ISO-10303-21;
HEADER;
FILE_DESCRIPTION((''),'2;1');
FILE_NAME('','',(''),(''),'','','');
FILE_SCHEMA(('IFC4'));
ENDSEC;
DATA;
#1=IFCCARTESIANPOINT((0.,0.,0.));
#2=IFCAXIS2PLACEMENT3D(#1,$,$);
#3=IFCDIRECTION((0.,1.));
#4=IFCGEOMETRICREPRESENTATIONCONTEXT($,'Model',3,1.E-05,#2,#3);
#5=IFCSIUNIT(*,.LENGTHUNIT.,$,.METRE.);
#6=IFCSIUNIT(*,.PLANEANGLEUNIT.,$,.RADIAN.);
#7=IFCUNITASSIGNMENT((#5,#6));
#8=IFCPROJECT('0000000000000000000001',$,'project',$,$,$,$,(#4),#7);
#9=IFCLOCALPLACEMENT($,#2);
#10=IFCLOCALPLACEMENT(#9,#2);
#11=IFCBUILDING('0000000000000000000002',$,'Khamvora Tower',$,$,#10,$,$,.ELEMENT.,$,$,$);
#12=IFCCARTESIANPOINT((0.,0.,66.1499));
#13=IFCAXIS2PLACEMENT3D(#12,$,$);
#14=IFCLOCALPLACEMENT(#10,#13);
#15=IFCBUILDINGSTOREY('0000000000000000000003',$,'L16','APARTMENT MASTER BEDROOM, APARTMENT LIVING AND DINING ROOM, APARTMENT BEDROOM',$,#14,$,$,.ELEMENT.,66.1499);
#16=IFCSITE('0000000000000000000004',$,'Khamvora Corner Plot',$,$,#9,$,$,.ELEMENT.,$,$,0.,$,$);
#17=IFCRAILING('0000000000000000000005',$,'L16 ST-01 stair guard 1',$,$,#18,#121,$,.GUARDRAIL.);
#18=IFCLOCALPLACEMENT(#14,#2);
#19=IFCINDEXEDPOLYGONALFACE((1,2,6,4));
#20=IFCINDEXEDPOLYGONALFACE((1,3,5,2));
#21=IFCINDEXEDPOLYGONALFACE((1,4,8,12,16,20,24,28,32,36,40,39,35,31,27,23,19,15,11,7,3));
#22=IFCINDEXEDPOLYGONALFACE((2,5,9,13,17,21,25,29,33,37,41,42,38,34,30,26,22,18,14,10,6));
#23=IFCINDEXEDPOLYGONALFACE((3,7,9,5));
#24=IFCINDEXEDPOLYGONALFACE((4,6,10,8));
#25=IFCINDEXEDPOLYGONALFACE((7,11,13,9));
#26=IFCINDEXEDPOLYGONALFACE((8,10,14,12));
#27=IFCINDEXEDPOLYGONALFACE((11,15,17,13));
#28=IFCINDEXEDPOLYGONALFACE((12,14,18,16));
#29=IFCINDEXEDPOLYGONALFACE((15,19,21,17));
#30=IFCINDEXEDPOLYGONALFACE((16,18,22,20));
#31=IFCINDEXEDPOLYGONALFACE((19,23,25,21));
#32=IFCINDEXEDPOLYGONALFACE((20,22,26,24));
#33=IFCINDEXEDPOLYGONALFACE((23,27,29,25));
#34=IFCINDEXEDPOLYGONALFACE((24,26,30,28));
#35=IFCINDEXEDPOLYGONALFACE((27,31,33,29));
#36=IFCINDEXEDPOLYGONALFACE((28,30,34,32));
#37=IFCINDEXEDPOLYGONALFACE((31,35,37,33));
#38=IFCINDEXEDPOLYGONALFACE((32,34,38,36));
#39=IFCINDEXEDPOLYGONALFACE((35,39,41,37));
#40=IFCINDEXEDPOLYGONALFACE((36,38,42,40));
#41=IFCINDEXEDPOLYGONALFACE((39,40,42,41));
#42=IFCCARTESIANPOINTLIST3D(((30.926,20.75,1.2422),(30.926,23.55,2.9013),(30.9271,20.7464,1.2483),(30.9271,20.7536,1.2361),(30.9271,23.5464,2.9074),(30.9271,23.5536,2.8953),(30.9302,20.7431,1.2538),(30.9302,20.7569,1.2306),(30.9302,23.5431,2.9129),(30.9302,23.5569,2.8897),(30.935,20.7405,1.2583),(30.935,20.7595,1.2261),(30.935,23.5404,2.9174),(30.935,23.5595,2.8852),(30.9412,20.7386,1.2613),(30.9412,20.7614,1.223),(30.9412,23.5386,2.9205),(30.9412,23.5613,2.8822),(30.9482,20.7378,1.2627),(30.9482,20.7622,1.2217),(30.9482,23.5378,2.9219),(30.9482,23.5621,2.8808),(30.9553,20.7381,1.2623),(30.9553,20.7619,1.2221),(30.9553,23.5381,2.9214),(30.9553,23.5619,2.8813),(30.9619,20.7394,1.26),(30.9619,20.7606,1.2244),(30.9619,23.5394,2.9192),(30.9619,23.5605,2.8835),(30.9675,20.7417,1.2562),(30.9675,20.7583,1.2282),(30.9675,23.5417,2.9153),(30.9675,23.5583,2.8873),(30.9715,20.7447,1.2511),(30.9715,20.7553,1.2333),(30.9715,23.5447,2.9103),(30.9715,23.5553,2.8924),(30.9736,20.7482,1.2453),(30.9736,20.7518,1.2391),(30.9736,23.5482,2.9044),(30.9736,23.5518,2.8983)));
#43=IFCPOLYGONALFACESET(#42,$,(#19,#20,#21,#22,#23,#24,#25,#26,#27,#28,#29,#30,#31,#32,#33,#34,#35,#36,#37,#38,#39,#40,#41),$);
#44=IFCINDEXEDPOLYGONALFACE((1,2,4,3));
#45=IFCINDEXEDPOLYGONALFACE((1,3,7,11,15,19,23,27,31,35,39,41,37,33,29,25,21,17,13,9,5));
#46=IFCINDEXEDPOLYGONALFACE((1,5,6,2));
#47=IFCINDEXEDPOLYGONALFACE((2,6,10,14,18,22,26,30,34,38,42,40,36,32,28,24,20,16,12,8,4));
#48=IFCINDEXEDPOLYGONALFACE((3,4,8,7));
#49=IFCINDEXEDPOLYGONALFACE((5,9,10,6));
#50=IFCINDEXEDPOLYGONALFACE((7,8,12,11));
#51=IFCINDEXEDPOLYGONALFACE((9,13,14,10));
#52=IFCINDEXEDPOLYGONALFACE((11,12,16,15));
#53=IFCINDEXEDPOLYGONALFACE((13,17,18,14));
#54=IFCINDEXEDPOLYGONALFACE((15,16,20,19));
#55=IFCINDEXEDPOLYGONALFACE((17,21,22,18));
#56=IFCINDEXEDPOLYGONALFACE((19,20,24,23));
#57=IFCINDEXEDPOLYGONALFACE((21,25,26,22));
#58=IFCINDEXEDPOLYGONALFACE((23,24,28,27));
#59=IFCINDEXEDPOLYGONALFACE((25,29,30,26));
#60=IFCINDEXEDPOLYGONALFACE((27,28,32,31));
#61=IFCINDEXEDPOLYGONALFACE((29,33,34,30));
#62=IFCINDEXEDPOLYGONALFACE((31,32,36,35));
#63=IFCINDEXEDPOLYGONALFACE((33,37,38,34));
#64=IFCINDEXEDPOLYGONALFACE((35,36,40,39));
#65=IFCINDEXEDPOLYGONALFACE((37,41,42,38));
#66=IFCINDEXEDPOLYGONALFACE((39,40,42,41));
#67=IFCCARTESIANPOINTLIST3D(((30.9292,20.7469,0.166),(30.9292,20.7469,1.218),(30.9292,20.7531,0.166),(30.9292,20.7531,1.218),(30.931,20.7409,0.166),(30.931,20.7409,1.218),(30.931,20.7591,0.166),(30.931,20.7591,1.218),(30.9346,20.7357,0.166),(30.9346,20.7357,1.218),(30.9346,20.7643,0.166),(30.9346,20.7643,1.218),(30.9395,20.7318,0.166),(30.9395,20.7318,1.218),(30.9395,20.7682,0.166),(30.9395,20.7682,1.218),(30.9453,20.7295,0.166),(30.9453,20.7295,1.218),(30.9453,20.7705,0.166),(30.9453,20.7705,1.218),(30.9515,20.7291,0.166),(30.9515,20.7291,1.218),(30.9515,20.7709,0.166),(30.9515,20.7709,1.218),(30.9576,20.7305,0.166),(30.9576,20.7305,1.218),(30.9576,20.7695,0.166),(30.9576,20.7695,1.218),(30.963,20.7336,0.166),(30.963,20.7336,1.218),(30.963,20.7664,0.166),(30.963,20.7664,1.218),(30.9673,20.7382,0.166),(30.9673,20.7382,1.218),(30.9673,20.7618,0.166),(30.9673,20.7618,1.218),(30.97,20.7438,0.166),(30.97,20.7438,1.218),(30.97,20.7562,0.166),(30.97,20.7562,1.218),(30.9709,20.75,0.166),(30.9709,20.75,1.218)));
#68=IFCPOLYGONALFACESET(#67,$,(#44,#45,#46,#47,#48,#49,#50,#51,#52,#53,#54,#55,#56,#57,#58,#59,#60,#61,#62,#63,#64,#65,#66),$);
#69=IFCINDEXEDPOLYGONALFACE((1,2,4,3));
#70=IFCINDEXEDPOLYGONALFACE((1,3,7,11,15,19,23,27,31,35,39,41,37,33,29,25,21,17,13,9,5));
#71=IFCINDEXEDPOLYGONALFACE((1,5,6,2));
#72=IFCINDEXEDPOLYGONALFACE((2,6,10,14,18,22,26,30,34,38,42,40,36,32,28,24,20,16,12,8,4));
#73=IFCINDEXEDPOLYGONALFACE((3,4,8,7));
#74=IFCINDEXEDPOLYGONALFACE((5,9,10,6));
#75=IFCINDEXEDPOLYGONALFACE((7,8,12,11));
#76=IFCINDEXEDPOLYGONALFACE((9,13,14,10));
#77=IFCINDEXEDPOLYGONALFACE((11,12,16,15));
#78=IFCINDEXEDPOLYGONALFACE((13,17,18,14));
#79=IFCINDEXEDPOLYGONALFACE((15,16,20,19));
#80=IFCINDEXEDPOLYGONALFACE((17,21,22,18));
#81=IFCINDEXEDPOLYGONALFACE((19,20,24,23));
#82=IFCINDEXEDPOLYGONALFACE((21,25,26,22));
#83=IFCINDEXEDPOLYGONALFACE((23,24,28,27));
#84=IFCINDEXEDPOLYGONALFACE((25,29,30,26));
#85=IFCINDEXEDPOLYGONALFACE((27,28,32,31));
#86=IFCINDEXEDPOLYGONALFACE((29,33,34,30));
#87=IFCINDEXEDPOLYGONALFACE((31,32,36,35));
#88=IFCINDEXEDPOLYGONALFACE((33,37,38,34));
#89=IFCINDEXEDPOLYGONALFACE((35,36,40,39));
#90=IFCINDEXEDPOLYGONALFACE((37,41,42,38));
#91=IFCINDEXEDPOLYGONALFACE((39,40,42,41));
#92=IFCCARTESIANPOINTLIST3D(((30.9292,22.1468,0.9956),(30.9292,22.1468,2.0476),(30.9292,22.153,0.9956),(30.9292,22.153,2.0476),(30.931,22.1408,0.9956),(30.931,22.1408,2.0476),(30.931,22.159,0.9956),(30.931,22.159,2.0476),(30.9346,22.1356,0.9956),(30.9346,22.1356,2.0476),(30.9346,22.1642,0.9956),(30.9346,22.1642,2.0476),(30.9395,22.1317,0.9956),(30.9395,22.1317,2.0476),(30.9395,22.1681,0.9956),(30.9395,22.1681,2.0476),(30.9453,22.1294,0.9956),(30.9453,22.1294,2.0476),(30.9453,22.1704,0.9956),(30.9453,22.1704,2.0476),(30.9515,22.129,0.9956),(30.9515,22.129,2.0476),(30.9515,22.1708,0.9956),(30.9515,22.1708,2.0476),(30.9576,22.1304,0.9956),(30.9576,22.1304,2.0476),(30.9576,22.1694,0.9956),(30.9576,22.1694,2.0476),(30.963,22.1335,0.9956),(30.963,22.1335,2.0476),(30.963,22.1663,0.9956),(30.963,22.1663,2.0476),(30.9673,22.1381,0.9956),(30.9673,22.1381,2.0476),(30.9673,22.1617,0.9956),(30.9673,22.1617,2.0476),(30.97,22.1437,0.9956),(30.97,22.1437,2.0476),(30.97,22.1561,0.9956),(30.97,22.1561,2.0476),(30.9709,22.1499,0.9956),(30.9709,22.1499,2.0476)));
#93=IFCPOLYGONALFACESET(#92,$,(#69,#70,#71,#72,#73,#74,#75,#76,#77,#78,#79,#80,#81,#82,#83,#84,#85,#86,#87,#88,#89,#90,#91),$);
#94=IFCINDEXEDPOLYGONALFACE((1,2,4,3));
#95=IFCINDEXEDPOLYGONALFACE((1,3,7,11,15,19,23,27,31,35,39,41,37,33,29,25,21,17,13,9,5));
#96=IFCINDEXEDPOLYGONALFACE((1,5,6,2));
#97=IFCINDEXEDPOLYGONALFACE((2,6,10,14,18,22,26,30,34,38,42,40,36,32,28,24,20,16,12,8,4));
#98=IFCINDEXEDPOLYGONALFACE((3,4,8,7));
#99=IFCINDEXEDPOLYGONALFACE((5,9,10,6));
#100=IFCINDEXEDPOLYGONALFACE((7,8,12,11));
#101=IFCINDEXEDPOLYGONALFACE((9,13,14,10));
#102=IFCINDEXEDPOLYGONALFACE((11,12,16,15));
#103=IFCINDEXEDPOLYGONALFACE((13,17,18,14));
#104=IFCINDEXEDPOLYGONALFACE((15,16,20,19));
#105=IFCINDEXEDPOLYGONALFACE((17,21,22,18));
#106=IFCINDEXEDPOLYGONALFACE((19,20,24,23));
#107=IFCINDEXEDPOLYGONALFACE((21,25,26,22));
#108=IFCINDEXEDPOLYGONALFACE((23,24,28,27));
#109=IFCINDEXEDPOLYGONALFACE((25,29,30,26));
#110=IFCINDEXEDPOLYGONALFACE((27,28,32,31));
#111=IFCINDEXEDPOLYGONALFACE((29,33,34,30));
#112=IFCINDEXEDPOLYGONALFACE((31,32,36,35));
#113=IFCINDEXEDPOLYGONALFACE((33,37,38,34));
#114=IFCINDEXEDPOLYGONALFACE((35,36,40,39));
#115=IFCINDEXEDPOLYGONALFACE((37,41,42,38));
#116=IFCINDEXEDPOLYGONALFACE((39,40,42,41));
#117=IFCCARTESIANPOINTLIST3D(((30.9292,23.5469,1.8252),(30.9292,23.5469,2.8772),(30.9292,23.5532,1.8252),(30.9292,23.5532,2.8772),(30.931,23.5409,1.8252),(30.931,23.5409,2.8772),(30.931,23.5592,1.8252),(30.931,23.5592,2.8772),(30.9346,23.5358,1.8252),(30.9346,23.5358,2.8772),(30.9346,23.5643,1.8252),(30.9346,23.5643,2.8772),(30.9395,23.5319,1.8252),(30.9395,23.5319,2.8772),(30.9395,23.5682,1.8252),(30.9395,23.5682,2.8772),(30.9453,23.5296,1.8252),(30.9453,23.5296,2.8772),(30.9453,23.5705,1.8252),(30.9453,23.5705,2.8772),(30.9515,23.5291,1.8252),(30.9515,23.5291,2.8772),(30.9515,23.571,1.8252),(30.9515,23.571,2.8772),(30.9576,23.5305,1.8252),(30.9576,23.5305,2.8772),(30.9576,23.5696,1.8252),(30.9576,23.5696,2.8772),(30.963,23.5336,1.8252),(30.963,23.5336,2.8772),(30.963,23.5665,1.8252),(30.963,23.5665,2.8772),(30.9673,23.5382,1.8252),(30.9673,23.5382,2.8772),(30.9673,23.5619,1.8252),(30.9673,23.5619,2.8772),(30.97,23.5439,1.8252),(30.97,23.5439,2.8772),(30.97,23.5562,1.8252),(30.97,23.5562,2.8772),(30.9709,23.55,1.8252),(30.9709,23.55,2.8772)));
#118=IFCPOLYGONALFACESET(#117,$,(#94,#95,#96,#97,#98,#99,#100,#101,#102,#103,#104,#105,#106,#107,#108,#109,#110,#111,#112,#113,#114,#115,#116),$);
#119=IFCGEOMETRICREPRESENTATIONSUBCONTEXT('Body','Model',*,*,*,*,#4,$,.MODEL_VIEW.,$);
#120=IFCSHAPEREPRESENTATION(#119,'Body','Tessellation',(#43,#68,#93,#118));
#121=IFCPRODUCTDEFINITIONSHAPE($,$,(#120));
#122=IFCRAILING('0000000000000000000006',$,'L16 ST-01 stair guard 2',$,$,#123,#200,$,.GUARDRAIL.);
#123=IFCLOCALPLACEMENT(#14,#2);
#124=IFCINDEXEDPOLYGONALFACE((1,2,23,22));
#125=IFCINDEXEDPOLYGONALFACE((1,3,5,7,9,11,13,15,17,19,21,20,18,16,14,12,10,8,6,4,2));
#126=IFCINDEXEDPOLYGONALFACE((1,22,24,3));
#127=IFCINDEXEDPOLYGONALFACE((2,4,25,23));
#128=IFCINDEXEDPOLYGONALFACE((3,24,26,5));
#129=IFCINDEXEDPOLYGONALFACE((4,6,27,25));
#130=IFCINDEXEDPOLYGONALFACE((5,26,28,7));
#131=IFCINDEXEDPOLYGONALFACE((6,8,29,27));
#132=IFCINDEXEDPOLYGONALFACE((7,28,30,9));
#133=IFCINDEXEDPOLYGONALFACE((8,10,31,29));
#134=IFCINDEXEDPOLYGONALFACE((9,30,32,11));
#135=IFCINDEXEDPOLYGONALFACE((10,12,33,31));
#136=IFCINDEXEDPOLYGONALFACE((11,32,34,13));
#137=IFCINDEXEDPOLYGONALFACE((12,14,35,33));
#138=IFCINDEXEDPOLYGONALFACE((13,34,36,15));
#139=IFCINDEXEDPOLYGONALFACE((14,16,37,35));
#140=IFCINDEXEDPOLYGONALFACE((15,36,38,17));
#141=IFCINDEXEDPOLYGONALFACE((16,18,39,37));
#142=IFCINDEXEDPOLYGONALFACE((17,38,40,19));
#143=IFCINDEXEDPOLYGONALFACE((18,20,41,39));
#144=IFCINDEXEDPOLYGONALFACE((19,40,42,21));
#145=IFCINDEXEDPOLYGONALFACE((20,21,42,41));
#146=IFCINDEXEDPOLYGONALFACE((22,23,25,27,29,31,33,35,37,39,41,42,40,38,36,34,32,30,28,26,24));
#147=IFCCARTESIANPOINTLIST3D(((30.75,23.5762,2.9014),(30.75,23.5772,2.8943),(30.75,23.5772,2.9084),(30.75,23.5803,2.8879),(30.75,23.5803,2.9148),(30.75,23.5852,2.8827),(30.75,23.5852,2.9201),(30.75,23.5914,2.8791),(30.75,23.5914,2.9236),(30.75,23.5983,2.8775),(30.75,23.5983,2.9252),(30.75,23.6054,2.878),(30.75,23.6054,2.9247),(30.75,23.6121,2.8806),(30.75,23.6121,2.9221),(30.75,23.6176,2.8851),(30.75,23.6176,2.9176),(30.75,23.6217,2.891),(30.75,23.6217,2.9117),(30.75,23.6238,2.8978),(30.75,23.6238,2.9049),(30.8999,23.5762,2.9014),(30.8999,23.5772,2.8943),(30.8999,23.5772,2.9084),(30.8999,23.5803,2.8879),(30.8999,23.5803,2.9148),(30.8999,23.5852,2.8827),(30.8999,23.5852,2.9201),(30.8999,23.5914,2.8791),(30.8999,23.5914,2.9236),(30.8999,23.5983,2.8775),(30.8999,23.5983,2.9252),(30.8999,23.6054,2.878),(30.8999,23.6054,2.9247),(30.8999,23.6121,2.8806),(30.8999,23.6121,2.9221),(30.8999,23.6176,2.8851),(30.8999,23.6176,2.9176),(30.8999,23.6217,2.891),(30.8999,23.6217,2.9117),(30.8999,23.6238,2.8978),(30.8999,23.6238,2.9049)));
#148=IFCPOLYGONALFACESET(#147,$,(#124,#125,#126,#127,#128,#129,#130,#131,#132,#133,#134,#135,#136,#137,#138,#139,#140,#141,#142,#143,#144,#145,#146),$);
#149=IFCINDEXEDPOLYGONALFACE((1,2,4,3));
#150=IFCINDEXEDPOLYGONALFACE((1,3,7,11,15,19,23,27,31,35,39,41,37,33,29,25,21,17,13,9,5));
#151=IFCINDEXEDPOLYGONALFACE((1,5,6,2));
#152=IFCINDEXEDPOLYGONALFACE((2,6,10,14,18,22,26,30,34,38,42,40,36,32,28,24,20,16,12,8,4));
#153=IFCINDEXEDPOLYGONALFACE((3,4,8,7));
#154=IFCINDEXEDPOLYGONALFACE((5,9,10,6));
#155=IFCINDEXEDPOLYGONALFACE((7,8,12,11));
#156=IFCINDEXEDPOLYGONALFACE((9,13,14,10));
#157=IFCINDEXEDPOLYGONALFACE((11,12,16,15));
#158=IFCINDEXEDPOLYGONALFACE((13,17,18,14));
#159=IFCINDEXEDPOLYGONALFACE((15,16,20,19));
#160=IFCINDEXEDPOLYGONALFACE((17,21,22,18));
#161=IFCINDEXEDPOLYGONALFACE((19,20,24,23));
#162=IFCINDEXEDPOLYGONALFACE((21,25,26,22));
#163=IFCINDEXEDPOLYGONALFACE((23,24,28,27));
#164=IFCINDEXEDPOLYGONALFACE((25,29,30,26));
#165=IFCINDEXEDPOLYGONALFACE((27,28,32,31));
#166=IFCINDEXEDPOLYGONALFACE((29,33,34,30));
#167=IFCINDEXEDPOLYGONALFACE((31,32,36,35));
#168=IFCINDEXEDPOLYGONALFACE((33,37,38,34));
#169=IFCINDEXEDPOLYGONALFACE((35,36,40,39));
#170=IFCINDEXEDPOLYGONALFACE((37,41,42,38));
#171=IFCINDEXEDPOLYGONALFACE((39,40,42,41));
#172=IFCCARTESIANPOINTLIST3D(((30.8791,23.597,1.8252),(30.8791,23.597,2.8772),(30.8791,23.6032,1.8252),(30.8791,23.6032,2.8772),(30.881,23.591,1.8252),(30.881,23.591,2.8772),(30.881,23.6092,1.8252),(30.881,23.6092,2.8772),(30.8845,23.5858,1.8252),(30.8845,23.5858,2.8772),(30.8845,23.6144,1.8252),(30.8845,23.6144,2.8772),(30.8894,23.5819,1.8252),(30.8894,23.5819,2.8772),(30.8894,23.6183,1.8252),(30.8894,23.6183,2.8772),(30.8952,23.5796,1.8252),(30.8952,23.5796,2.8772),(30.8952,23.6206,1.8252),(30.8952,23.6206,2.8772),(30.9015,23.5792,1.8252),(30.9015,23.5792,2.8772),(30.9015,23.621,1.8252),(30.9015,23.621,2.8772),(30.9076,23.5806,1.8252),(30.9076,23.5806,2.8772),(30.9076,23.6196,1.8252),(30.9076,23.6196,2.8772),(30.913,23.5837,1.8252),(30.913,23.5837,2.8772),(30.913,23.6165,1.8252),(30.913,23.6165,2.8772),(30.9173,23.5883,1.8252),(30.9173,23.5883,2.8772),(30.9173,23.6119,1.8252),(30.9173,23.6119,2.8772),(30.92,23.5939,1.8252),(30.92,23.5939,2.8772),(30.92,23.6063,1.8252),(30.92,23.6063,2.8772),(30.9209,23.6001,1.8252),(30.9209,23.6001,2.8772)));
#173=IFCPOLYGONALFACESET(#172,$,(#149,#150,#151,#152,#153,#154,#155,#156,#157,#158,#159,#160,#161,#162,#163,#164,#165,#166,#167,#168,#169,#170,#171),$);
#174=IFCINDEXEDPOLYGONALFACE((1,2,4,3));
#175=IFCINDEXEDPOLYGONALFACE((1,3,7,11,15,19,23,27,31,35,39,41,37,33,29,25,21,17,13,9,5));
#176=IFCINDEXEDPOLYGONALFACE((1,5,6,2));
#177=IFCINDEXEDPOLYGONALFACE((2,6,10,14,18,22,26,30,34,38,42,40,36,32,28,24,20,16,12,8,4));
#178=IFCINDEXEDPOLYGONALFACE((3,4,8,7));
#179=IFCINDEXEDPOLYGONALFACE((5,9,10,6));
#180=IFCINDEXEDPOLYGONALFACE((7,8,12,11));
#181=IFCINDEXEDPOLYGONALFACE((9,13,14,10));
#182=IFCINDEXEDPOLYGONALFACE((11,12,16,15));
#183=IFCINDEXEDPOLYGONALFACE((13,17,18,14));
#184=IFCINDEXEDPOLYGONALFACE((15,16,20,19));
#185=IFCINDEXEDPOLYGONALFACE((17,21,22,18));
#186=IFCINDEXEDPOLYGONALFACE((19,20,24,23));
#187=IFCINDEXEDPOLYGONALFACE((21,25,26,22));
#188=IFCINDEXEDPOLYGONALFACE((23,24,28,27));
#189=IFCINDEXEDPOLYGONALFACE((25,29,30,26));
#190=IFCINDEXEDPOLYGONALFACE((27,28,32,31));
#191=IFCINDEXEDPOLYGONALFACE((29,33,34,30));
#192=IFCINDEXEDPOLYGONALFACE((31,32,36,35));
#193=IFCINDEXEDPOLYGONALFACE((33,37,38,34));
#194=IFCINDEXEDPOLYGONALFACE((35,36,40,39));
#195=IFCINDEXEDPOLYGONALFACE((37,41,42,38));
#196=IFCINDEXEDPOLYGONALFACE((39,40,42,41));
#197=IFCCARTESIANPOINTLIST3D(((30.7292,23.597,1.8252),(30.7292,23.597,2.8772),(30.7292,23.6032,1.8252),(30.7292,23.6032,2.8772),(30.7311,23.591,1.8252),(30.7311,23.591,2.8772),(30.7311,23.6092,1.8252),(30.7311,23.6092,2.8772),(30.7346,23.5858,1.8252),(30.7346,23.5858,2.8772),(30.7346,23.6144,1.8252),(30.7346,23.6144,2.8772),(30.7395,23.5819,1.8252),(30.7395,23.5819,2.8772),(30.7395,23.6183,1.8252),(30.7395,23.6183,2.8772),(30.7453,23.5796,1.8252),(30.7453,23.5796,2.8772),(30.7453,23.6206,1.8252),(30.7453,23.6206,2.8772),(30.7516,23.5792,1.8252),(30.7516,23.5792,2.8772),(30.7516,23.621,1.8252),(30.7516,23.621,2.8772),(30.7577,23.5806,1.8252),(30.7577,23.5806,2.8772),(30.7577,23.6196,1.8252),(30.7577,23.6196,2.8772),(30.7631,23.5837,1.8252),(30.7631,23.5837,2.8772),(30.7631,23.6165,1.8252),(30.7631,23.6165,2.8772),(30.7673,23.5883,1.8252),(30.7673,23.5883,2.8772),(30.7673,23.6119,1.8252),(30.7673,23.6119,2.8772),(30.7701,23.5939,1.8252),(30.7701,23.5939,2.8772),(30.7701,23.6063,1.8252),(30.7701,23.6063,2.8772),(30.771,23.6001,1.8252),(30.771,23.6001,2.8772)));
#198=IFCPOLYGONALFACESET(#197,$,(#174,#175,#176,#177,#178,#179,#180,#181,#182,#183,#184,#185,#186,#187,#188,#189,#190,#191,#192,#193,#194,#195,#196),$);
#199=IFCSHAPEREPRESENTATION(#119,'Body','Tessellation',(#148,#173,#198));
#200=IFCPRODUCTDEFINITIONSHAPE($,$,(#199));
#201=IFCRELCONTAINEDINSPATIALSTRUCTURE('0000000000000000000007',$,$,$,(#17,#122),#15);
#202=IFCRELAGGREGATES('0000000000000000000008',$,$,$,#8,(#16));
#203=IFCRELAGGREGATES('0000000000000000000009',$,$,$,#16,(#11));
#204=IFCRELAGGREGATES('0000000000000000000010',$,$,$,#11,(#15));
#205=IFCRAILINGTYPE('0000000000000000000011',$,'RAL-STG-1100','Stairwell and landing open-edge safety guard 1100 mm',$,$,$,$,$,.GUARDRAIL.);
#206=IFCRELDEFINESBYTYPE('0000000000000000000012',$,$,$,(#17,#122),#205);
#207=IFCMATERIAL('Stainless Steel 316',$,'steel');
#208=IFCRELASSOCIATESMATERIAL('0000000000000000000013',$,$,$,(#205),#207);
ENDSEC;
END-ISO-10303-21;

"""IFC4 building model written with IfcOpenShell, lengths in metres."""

from ifc_helpers import new_model, si_unit, direction, frame, origin, origin_2d, place, context, subcontext, project, spatial, circle, extrude, material, type_object, element, save


model = new_model("IFC4")

# Units and contexts
model_context = context("Model", 3, precision=1e-05, world=origin(), true_north=direction((0.0, 1.0)))
body_context = subcontext(model_context, "Body", "Model", "MODEL_VIEW")
ifc_project = project(units=[si_unit("LENGTHUNIT", "METRE"), si_unit("PLANEANGLEUNIT", "RADIAN")], contexts=[model_context])

# Site, building, storey
site_placement = place(None, origin())
site = spatial("IfcSite", under=ifc_project, at=site_placement, Name="Khamvora Corner Plot", CompositionType="ELEMENT", RefElevation=0.0)
building_placement = place(site_placement, origin())
building = spatial("IfcBuilding", under=site, at=building_placement, Name="Khamvora Tower", CompositionType="ELEMENT")
storey_placement = place(building_placement, frame((0.0, 0.0, 66.1499)))
storey = spatial("IfcBuildingStorey", under=building, at=storey_placement, Name="L16", Description="APARTMENT MASTER BEDROOM, APARTMENT LIVING AND DINING ROOM, APARTMENT BEDROOM", CompositionType="ELEMENT", Elevation=66.1499)

# Railings
ifc_material_1 = material(Name="Stainless Steel 316", Category="steel")
railing_type_1 = type_object("IfcRailingType", Name="RAL-STG-1100", Description="Stairwell and landing open-edge safety guard 1100 mm", PredefinedType="GUARDRAIL", material=ifc_material_1)
railing_1_placement = place(storey_placement, frame((30.95, 20.75, 0.166)))
element("IfcRailing", 1, at=railing_1_placement, inside=storey, type_object=railing_type_1, Name="L16 ST-01 stair guard 1", PredefinedType="GUARDRAIL", context=body_context, shape_type="SweptSolid", body=[
    extrude(circle(Radius=0.0239, at=origin_2d()), frame((0.0, 0.0, 1.0762), z_axis=(0.0, 0.860306, 0.509778), x_axis=(-1.0, 0.0, 0.0)), (0.0, 0.0, 1.0), 3.2546),
    extrude(circle(Radius=0.021, at=origin_2d()), origin(), (0.0, 0.0, 1.0), 1.052),
    extrude(circle(Radius=0.021, at=origin_2d()), frame((0.0, 1.3999, 0.8296)), (0.0, 0.0, 1.0), 1.052),
    extrude(circle(Radius=0.021, at=origin_2d()), frame((0.0, 2.8, 1.6592)), (0.0, 0.0, 1.0), 1.052),
])
railing_2_placement = place(storey_placement, frame((30.8999, 23.6001, 1.8252)))
element("IfcRailing", 2, at=railing_2_placement, inside=storey, type_object=railing_type_1, Name="L16 ST-01 stair guard 2", PredefinedType="GUARDRAIL", context=body_context, shape_type="SweptSolid", body=[
    extrude(circle(Radius=0.0239, at=origin_2d()), frame((0.0, 0.0, 1.0762), z_axis=(-1.0, 0.0, 0.0), x_axis=(0.0, -1.0, 0.0)), (0.0, 0.0, 1.0), 0.1499),
    extrude(circle(Radius=0.021, at=origin_2d()), origin(), (0.0, 0.0, 1.0), 1.052),
    extrude(circle(Radius=0.021, at=origin_2d()), frame((-0.1499, 0.0, 0.0)), (0.0, 0.0, 1.0), 1.052),
])

save(model, "model.ifc")
